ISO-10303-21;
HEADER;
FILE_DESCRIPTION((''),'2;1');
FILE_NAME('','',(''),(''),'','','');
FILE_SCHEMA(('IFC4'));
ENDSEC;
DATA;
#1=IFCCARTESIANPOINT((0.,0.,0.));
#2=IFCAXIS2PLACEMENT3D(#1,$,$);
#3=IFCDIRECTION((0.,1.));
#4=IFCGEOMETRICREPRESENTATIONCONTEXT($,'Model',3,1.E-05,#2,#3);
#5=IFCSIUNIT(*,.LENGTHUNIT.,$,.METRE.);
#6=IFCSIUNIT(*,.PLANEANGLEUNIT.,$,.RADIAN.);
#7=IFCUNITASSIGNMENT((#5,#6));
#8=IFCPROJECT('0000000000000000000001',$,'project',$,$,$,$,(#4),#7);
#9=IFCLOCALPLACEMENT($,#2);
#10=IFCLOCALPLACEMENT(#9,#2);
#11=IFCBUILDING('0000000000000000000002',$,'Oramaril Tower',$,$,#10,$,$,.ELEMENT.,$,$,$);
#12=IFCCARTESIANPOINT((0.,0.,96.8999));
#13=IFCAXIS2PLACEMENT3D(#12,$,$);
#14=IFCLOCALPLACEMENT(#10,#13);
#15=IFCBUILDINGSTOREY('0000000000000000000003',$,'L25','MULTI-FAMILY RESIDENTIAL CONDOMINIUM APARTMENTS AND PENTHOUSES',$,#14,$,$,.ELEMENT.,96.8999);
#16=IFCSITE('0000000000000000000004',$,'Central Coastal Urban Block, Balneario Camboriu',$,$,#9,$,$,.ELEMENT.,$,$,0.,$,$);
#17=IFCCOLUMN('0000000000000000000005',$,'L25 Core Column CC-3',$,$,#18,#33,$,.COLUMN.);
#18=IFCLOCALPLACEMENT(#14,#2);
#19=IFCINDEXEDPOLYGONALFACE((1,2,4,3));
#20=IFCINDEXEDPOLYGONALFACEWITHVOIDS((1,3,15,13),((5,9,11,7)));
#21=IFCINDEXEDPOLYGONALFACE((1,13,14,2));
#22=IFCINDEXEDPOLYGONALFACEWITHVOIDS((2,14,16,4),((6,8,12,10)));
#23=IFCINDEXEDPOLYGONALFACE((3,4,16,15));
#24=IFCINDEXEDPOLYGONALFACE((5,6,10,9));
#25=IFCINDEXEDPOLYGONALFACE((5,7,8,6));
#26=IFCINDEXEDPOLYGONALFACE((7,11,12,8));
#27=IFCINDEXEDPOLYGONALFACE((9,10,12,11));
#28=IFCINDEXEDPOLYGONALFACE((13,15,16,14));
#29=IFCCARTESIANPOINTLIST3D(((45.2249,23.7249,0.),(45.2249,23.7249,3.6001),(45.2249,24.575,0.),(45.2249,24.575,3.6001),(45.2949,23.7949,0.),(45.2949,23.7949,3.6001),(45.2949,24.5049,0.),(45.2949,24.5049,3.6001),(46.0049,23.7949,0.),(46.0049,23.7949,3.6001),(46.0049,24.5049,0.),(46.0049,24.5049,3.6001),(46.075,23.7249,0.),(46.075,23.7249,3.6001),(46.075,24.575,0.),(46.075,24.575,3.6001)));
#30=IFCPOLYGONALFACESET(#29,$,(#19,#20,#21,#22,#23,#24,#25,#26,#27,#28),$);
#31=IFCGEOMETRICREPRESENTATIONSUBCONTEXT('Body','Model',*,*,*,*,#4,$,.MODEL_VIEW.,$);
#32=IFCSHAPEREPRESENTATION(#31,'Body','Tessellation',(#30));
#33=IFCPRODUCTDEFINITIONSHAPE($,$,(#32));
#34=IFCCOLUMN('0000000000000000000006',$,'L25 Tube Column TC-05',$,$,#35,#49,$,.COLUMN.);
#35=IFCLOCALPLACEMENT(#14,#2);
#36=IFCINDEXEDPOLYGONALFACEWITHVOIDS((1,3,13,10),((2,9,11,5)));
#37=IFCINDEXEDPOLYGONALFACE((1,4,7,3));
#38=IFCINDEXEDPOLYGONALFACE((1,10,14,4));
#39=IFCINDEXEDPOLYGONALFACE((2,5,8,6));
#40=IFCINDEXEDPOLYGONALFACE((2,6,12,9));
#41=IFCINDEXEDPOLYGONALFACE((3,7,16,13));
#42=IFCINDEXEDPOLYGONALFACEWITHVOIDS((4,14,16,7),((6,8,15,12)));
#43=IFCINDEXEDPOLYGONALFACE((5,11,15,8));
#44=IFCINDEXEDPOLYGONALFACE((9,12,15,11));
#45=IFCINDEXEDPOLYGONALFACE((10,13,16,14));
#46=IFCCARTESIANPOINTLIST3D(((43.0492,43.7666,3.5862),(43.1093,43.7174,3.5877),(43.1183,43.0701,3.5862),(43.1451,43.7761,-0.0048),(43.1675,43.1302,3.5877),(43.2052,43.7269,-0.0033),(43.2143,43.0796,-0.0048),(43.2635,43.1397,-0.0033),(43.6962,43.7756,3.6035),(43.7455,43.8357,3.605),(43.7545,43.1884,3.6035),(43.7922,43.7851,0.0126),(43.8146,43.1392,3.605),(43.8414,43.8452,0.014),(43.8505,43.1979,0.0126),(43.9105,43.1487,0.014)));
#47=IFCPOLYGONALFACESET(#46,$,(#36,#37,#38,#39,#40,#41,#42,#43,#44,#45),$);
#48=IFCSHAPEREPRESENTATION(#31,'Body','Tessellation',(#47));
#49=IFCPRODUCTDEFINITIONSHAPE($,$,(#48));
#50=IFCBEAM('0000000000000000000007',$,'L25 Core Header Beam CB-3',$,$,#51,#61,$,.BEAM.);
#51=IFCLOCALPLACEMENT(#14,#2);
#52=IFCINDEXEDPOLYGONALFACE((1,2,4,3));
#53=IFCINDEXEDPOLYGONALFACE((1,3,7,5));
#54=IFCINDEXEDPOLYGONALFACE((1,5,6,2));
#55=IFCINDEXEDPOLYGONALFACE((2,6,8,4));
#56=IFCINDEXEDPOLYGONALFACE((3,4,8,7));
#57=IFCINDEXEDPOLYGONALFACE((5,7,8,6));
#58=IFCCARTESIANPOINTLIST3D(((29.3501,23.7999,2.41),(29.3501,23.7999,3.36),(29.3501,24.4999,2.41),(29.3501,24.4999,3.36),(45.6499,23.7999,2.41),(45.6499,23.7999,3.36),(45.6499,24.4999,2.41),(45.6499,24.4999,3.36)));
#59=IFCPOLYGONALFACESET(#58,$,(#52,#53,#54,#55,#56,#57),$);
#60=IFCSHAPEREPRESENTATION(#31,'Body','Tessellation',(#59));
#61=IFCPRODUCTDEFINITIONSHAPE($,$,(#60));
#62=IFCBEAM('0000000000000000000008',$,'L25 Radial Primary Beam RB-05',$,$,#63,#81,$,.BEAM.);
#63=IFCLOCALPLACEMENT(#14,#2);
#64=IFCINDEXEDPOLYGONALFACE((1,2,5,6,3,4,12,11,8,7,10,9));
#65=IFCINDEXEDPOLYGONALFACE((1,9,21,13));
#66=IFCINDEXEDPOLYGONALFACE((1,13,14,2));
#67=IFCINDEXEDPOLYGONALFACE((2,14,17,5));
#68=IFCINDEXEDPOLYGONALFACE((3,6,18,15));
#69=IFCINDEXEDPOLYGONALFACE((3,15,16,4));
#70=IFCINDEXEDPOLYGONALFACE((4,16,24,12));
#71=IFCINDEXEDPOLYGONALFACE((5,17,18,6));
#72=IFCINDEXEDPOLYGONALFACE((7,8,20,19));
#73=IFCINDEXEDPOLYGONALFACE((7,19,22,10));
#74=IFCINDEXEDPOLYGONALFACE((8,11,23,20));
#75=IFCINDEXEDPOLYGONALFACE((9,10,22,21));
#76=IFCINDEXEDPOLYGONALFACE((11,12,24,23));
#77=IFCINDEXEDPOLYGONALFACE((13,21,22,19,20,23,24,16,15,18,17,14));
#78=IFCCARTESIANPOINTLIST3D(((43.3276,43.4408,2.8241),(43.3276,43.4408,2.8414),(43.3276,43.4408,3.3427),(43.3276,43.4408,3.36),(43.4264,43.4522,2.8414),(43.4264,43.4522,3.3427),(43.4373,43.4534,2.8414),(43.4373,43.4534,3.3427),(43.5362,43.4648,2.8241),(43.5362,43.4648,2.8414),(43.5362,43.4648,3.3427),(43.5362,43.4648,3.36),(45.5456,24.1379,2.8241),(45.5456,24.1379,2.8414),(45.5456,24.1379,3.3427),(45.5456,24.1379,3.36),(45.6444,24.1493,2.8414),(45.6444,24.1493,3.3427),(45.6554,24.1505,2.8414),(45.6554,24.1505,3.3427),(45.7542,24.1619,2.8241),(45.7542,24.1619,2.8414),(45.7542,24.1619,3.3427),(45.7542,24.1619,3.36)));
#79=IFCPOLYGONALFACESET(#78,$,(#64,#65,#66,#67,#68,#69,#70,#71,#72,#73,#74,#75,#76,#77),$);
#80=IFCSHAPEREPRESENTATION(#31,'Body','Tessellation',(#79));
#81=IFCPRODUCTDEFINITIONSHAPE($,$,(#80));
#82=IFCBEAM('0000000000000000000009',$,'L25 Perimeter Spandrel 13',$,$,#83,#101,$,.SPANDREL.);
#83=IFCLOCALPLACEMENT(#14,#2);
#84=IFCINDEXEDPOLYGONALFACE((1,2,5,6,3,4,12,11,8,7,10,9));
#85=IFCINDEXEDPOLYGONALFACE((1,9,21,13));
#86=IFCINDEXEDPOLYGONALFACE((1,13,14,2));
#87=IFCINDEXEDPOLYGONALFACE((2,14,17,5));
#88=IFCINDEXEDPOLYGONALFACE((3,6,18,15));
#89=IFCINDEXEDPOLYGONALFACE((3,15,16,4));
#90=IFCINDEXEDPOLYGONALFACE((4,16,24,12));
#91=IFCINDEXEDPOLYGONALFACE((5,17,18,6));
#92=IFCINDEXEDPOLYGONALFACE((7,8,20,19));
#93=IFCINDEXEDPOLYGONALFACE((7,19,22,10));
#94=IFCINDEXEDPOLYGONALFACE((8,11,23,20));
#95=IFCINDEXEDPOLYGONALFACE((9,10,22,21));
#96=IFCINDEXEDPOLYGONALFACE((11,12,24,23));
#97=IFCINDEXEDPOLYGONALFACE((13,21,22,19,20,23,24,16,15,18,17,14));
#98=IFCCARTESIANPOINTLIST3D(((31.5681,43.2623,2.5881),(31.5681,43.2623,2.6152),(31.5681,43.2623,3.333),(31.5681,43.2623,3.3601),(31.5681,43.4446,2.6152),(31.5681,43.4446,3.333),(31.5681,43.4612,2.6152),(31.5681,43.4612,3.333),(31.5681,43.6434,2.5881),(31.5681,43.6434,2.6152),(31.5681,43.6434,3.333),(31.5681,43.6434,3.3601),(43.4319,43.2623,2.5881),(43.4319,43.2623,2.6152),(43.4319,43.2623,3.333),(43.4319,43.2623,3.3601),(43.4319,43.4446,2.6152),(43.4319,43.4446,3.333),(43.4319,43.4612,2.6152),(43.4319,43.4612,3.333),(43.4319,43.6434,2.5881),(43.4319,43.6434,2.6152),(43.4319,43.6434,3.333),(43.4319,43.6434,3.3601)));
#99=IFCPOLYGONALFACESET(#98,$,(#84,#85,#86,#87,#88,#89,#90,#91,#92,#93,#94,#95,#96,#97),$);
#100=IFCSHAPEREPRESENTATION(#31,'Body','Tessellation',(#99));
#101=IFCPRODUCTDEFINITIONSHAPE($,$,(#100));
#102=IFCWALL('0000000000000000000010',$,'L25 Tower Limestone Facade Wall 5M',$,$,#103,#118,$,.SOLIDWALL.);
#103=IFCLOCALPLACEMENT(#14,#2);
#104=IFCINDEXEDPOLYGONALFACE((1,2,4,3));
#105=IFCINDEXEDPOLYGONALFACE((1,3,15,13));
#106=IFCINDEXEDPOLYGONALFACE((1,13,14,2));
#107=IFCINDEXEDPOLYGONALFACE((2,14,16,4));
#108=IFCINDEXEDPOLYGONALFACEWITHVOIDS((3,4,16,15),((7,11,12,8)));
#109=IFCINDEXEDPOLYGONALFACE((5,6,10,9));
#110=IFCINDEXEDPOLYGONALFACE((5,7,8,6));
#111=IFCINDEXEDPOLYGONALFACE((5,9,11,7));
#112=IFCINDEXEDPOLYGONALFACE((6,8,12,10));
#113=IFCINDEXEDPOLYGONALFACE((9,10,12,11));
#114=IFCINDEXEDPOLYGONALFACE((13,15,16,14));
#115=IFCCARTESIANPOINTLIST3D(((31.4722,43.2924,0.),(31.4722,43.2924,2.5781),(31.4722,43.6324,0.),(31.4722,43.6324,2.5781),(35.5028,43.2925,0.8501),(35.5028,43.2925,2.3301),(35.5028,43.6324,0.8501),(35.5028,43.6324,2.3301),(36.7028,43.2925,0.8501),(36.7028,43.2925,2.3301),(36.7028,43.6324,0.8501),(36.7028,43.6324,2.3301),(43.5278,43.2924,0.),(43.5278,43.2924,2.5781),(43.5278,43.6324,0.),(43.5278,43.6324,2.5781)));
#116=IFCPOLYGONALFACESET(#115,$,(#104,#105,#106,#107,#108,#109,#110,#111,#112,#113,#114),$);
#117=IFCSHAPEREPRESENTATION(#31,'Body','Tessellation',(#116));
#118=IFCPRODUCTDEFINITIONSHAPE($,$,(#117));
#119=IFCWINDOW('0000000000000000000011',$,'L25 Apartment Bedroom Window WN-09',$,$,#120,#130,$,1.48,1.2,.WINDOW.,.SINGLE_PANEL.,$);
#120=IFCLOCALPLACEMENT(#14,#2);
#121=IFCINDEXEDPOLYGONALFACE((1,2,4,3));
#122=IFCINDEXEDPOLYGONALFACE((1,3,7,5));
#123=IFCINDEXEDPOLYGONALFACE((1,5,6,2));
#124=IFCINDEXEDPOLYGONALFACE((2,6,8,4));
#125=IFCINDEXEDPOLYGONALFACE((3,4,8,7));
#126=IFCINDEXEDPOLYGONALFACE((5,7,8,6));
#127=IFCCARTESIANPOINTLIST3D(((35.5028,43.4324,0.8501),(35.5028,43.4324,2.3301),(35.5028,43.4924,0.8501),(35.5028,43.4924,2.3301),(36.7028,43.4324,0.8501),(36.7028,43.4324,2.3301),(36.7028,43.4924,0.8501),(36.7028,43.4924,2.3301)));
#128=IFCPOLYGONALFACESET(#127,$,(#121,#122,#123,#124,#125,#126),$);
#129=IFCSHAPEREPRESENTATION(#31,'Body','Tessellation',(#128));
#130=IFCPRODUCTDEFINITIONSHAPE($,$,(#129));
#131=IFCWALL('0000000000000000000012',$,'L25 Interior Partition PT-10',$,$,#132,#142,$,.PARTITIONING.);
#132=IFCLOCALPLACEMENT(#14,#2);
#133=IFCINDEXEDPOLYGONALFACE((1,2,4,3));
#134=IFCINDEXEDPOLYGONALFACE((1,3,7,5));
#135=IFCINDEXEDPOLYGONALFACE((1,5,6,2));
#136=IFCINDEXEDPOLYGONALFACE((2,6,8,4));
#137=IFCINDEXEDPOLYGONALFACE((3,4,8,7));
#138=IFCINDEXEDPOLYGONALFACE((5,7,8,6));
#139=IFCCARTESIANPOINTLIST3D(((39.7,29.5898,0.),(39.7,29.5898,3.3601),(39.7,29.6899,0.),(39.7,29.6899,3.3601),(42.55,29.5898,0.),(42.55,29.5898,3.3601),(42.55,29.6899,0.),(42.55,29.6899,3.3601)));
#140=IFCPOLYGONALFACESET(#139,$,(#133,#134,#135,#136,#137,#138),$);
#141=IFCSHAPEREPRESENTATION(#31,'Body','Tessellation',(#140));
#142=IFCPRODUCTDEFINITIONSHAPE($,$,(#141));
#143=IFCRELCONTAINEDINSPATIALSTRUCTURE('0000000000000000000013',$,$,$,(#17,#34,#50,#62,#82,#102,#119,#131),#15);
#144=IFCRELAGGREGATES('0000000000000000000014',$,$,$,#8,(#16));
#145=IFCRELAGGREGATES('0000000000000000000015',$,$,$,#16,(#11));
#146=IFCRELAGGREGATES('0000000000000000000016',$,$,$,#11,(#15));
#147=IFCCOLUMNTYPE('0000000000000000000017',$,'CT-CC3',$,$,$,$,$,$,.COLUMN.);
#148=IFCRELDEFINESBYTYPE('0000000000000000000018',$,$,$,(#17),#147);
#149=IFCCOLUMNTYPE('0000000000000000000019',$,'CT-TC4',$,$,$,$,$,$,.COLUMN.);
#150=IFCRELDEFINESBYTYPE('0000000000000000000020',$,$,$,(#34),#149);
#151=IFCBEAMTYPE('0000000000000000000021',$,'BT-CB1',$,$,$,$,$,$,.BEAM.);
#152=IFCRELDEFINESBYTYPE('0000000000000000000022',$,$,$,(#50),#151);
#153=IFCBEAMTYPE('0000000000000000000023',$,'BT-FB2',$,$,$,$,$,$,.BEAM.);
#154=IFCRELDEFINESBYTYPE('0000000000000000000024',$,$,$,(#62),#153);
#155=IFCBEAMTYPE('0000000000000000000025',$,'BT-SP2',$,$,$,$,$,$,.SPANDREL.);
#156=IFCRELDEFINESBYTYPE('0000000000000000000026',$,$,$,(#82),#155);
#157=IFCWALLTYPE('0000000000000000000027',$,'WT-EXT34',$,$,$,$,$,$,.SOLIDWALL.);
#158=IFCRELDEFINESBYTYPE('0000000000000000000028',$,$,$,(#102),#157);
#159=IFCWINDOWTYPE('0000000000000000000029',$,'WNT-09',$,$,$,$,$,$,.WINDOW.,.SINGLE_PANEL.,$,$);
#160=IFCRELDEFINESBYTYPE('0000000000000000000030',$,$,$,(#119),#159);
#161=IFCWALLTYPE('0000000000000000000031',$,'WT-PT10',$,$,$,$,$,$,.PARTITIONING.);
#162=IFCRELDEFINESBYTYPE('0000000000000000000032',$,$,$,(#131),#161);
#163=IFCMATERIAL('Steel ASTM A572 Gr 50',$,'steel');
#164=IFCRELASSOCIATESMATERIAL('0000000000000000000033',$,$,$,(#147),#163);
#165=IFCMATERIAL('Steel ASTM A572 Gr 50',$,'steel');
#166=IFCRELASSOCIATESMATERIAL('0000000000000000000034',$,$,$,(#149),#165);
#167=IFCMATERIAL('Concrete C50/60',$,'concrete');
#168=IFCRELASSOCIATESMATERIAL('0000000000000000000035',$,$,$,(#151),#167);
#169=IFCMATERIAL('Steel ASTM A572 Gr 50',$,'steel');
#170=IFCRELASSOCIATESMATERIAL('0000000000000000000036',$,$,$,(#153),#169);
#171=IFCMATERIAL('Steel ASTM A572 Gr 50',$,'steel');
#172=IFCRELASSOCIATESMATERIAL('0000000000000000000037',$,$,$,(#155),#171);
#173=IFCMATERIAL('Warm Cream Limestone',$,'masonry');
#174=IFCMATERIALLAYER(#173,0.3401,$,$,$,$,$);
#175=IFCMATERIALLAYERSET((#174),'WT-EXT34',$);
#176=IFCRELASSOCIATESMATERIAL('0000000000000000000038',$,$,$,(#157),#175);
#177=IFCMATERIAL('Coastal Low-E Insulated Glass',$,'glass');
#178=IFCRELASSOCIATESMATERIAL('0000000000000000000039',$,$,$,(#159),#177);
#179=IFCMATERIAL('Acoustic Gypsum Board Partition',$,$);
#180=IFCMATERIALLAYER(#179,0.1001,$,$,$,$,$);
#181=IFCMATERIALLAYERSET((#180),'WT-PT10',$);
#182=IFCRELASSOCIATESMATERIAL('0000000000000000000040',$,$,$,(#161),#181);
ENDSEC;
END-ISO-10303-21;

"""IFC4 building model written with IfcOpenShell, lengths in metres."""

from ifc_helpers import new_model, si_unit, direction, frame, frame_2d, origin, origin_2d, place, context, subcontext, project, spatial, rectangle, hollow_rectangle, i_section, extrude, material, layer, layer_set, material_profile, profile_set, type_object, element, fill, save


model = new_model("IFC4")

# Units and contexts
model_context = context("Model", 3, precision=1e-05, world=origin(), true_north=direction((0.0, 1.0)))
body_context = subcontext(model_context, "Body", "Model", "MODEL_VIEW")
ifc_project = project(units=[si_unit("LENGTHUNIT", "METRE"), si_unit("PLANEANGLEUNIT", "RADIAN")], contexts=[model_context])

# Site, building, storey
site_placement = place(None, origin())
site = spatial("IfcSite", under=ifc_project, at=site_placement, Name="Central Coastal Urban Block, Balneario Camboriu", CompositionType="ELEMENT", RefElevation=0.0)
building_placement = place(site_placement, origin())
building = spatial("IfcBuilding", under=site, at=building_placement, Name="Oramaril Tower", CompositionType="ELEMENT")
storey_placement = place(building_placement, frame((0.0, 0.0, 96.8999)))
storey = spatial("IfcBuildingStorey", under=building, at=storey_placement, Name="L25", Description="MULTI-FAMILY RESIDENTIAL CONDOMINIUM APARTMENTS AND PENTHOUSES", CompositionType="ELEMENT", Elevation=96.8999)

# Columns
ifc_material_1 = material(Name="Steel ASTM A572 Gr 50", Category="steel")
ifc_material_profile_1 = material_profile(ifc_material_1, hollow_rectangle(XDim=0.8501, YDim=0.8501, WallThickness=0.0701, at=origin_2d()), Name="BOX850X850X70")
ifc_profile_set_1 = profile_set([ifc_material_profile_1], Name="Steel ASTM A572 Gr 50")
column_type_1 = type_object("IfcColumnType", Name="CT-CC3", PredefinedType="COLUMN", material=ifc_profile_set_1)
column_1_placement = place(storey_placement, frame((45.6499, 24.1499, 0.0), z_axis=(0.0, 0.0, 1.0), x_axis=(1.0, 0.0, 0.0)))
element("IfcColumn", 1, at=column_1_placement, inside=storey, type_object=column_type_1, Name="L25 Core Column CC-3", PredefinedType="COLUMN", context=body_context, shape_type="SweptSolid", body=[
    extrude(hollow_rectangle(XDim=0.8501, YDim=0.8501, WallThickness=0.0701, at=origin_2d()), origin(), (0.0, 0.0, 1.0), 3.6001),
])
ifc_material_2 = material(Name="Steel ASTM A572 Gr 50", Category="steel")
ifc_material_profile_2 = material_profile(ifc_material_2, hollow_rectangle(XDim=0.7, YDim=0.7, WallThickness=0.0549, at=origin_2d()), Name="BOX700X700X55")
ifc_profile_set_2 = profile_set([ifc_material_profile_2], Name="Steel ASTM A572 Gr 50")
column_type_2 = type_object("IfcColumnType", Name="CT-TC4", PredefinedType="COLUMN", material=ifc_profile_set_2)
column_2_placement = place(storey_placement, frame((43.5278, 43.4624, 0.0046), z_axis=(-0.026709, -0.00265, 0.99964), x_axis=(0.098752, -0.995112, 0.0)))
element("IfcColumn", 2, at=column_2_placement, inside=storey, type_object=column_type_2, Name="L25 Tube Column TC-05", PredefinedType="COLUMN", context=body_context, shape_type="SweptSolid", body=[
    extrude(hollow_rectangle(XDim=0.7, YDim=0.7, WallThickness=0.0549, at=origin_2d()), origin(), (0.0, 0.0, 1.0), 3.5923),
])

# Beams
ifc_material_3 = material(Name="Concrete C50/60", Category="concrete")
ifc_material_profile_3 = material_profile(ifc_material_3, rectangle(XDim=0.7, YDim=0.95, at=origin_2d()), Name="CB700X950")
ifc_profile_set_3 = profile_set([ifc_material_profile_3], Name="Concrete C50/60")
beam_type_1 = type_object("IfcBeamType", Name="BT-CB1", PredefinedType="BEAM", material=ifc_profile_set_3)
beam_1_placement = place(storey_placement, frame((45.6499, 24.1499, 2.885), z_axis=(-1.0, 0.0, 0.0), x_axis=(0.0, -1.0, 0.0)))
element("IfcBeam", 3, at=beam_1_placement, inside=storey, type_object=beam_type_1, Name="L25 Core Header Beam CB-3", PredefinedType="BEAM", context=body_context, shape_type="SweptSolid", body=[
    extrude(rectangle(XDim=0.7, YDim=0.95, at=origin_2d()), origin(), (0.0, 0.0, 1.0), 16.2998),
])
ifc_material_4 = material(Name="Steel ASTM A572 Gr 50", Category="steel")
ifc_material_profile_4 = material_profile(ifc_material_4, i_section(OverallWidth=0.21, OverallDepth=0.5359, WebThickness=0.011, FlangeThickness=0.0173, at=origin_2d()), Name="W21X68")
ifc_profile_set_4 = profile_set([ifc_material_profile_4], Name="Steel ASTM A572 Gr 50")
beam_type_2 = type_object("IfcBeamType", Name="BT-FB2", PredefinedType="BEAM", material=ifc_profile_set_4)
beam_2_placement = place(storey_placement, frame((45.6499, 24.1499, 3.092), z_axis=(-0.114154, 0.993463, 0.0), x_axis=(-0.993463, -0.114154, 0.0)))
element("IfcBeam", 4, at=beam_2_placement, inside=storey, type_object=beam_type_2, Name="L25 Radial Primary Beam RB-05", PredefinedType="BEAM", context=body_context, shape_type="SweptSolid", body=[
    extrude(i_section(OverallWidth=0.21, OverallDepth=0.5359, WebThickness=0.011, FlangeThickness=0.0173, at=origin_2d()), origin(), (0.0, 0.0, 1.0), 19.4299),
])
ifc_material_5 = material(Name="Steel ASTM A572 Gr 50", Category="steel")
ifc_material_profile_5 = material_profile(ifc_material_5, i_section(OverallWidth=0.3811, OverallDepth=0.772, WebThickness=0.0166, FlangeThickness=0.0271, at=origin_2d()), Name="W30X173")
ifc_profile_set_5 = profile_set([ifc_material_profile_5], Name="Steel ASTM A572 Gr 50")
beam_type_3 = type_object("IfcBeamType", Name="BT-SP2", PredefinedType="SPANDREL", material=ifc_profile_set_5)
beam_3_placement = place(storey_placement, frame((43.4319, 43.4529, 2.9741), z_axis=(-1.0, 0.0, 0.0), x_axis=(0.0, -1.0, 0.0)))
element("IfcBeam", 5, at=beam_3_placement, inside=storey, type_object=beam_type_3, Name="L25 Perimeter Spandrel 13", PredefinedType="SPANDREL", context=body_context, shape_type="SweptSolid", body=[
    extrude(i_section(OverallWidth=0.3811, OverallDepth=0.772, WebThickness=0.0166, FlangeThickness=0.0271, at=origin_2d()), origin(), (0.0, 0.0, 1.0), 11.8638),
])

# Wall, opening, window
ifc_material_6 = material(Name="Warm Cream Limestone", Category="masonry")
ifc_layer_1 = layer(ifc_material_6, 0.3401)
ifc_layer_set_1 = layer_set([ifc_layer_1], Name="WT-EXT34")
wall_type_1 = type_object("IfcWallType", Name="WT-EXT34", PredefinedType="SOLIDWALL", material=ifc_layer_set_1)
wall_1_placement = place(storey_placement, frame((43.5278, 43.4624, 0.0), z_axis=(0.0, 0.0, 1.0), x_axis=(-1.0, 0.0, 0.0)))
wall_1 = element("IfcWall", 6, at=wall_1_placement, inside=storey, type_object=wall_type_1, Name="L25 Tower Limestone Facade Wall 5M", PredefinedType="SOLIDWALL", context=body_context, shape_type="SweptSolid", body=[
    extrude(rectangle(XDim=12.0557, YDim=0.3401, at=frame_2d((6.0278, 0.0))), origin(), (0.0, 0.0, 1.0), 2.5781),
])
opening_1_placement = place(wall_1_placement, frame((6.825, 0.0, 0.8501)))
opening_1 = element("IfcOpeningElement", 7, at=opening_1_placement, cuts=wall_1, PredefinedType="OPENING", context=body_context, shape_type="SweptSolid", body=[
    extrude(rectangle(XDim=1.2, YDim=1.48, at=frame_2d((0.6001, 0.74))), frame((0.0, 0.1699, 0.0), z_axis=(0.0, -1.0, 0.0), x_axis=(1.0, 0.0, 0.0)), (0.0, 0.0, 1.0), 0.3401),
])
ifc_material_7 = material(Name="Coastal Low-E Insulated Glass", Category="glass")
window_type = type_object("IfcWindowType", Name="WNT-09", PartitioningType="SINGLE_PANEL", PredefinedType="WINDOW", material=ifc_material_7)
window_placement = place(opening_1_placement, origin())
window = element("IfcWindow", 8, at=window_placement, inside=storey, type_object=window_type, Name="L25 Apartment Bedroom Window WN-09", OverallHeight=1.48, OverallWidth=1.2, PartitioningType="SINGLE_PANEL", PredefinedType="WINDOW", context=body_context, shape_type="SweptSolid", body=[
    extrude(rectangle(XDim=1.2, YDim=1.48, at=frame_2d((0.6001, 0.74))), frame((0.0, 0.03, 0.0), z_axis=(0.0, -1.0, 0.0), x_axis=(1.0, 0.0, 0.0)), (0.0, 0.0, 1.0), 0.0601),
])
fill(opening_1, window)

# Wall
ifc_material_8 = material(Name="Acoustic Gypsum Board Partition")
ifc_layer_2 = layer(ifc_material_8, 0.1001)
ifc_layer_set_2 = layer_set([ifc_layer_2], Name="WT-PT10")
wall_type_2 = type_object("IfcWallType", Name="WT-PT10", PredefinedType="PARTITIONING", material=ifc_layer_set_2)
wall_2_placement = place(storey_placement, frame((39.7, 29.6399, 0.0), z_axis=(0.0, 0.0, 1.0), x_axis=(1.0, 0.0, 0.0)))
element("IfcWall", 9, at=wall_2_placement, inside=storey, type_object=wall_type_2, Name="L25 Interior Partition PT-10", PredefinedType="PARTITIONING", context=body_context, shape_type="SweptSolid", body=[
    extrude(rectangle(XDim=2.8501, YDim=0.1001, at=frame_2d((1.425, 0.0))), origin(), (0.0, 0.0, 1.0), 3.3601),
])

save(model, "model.ifc")
